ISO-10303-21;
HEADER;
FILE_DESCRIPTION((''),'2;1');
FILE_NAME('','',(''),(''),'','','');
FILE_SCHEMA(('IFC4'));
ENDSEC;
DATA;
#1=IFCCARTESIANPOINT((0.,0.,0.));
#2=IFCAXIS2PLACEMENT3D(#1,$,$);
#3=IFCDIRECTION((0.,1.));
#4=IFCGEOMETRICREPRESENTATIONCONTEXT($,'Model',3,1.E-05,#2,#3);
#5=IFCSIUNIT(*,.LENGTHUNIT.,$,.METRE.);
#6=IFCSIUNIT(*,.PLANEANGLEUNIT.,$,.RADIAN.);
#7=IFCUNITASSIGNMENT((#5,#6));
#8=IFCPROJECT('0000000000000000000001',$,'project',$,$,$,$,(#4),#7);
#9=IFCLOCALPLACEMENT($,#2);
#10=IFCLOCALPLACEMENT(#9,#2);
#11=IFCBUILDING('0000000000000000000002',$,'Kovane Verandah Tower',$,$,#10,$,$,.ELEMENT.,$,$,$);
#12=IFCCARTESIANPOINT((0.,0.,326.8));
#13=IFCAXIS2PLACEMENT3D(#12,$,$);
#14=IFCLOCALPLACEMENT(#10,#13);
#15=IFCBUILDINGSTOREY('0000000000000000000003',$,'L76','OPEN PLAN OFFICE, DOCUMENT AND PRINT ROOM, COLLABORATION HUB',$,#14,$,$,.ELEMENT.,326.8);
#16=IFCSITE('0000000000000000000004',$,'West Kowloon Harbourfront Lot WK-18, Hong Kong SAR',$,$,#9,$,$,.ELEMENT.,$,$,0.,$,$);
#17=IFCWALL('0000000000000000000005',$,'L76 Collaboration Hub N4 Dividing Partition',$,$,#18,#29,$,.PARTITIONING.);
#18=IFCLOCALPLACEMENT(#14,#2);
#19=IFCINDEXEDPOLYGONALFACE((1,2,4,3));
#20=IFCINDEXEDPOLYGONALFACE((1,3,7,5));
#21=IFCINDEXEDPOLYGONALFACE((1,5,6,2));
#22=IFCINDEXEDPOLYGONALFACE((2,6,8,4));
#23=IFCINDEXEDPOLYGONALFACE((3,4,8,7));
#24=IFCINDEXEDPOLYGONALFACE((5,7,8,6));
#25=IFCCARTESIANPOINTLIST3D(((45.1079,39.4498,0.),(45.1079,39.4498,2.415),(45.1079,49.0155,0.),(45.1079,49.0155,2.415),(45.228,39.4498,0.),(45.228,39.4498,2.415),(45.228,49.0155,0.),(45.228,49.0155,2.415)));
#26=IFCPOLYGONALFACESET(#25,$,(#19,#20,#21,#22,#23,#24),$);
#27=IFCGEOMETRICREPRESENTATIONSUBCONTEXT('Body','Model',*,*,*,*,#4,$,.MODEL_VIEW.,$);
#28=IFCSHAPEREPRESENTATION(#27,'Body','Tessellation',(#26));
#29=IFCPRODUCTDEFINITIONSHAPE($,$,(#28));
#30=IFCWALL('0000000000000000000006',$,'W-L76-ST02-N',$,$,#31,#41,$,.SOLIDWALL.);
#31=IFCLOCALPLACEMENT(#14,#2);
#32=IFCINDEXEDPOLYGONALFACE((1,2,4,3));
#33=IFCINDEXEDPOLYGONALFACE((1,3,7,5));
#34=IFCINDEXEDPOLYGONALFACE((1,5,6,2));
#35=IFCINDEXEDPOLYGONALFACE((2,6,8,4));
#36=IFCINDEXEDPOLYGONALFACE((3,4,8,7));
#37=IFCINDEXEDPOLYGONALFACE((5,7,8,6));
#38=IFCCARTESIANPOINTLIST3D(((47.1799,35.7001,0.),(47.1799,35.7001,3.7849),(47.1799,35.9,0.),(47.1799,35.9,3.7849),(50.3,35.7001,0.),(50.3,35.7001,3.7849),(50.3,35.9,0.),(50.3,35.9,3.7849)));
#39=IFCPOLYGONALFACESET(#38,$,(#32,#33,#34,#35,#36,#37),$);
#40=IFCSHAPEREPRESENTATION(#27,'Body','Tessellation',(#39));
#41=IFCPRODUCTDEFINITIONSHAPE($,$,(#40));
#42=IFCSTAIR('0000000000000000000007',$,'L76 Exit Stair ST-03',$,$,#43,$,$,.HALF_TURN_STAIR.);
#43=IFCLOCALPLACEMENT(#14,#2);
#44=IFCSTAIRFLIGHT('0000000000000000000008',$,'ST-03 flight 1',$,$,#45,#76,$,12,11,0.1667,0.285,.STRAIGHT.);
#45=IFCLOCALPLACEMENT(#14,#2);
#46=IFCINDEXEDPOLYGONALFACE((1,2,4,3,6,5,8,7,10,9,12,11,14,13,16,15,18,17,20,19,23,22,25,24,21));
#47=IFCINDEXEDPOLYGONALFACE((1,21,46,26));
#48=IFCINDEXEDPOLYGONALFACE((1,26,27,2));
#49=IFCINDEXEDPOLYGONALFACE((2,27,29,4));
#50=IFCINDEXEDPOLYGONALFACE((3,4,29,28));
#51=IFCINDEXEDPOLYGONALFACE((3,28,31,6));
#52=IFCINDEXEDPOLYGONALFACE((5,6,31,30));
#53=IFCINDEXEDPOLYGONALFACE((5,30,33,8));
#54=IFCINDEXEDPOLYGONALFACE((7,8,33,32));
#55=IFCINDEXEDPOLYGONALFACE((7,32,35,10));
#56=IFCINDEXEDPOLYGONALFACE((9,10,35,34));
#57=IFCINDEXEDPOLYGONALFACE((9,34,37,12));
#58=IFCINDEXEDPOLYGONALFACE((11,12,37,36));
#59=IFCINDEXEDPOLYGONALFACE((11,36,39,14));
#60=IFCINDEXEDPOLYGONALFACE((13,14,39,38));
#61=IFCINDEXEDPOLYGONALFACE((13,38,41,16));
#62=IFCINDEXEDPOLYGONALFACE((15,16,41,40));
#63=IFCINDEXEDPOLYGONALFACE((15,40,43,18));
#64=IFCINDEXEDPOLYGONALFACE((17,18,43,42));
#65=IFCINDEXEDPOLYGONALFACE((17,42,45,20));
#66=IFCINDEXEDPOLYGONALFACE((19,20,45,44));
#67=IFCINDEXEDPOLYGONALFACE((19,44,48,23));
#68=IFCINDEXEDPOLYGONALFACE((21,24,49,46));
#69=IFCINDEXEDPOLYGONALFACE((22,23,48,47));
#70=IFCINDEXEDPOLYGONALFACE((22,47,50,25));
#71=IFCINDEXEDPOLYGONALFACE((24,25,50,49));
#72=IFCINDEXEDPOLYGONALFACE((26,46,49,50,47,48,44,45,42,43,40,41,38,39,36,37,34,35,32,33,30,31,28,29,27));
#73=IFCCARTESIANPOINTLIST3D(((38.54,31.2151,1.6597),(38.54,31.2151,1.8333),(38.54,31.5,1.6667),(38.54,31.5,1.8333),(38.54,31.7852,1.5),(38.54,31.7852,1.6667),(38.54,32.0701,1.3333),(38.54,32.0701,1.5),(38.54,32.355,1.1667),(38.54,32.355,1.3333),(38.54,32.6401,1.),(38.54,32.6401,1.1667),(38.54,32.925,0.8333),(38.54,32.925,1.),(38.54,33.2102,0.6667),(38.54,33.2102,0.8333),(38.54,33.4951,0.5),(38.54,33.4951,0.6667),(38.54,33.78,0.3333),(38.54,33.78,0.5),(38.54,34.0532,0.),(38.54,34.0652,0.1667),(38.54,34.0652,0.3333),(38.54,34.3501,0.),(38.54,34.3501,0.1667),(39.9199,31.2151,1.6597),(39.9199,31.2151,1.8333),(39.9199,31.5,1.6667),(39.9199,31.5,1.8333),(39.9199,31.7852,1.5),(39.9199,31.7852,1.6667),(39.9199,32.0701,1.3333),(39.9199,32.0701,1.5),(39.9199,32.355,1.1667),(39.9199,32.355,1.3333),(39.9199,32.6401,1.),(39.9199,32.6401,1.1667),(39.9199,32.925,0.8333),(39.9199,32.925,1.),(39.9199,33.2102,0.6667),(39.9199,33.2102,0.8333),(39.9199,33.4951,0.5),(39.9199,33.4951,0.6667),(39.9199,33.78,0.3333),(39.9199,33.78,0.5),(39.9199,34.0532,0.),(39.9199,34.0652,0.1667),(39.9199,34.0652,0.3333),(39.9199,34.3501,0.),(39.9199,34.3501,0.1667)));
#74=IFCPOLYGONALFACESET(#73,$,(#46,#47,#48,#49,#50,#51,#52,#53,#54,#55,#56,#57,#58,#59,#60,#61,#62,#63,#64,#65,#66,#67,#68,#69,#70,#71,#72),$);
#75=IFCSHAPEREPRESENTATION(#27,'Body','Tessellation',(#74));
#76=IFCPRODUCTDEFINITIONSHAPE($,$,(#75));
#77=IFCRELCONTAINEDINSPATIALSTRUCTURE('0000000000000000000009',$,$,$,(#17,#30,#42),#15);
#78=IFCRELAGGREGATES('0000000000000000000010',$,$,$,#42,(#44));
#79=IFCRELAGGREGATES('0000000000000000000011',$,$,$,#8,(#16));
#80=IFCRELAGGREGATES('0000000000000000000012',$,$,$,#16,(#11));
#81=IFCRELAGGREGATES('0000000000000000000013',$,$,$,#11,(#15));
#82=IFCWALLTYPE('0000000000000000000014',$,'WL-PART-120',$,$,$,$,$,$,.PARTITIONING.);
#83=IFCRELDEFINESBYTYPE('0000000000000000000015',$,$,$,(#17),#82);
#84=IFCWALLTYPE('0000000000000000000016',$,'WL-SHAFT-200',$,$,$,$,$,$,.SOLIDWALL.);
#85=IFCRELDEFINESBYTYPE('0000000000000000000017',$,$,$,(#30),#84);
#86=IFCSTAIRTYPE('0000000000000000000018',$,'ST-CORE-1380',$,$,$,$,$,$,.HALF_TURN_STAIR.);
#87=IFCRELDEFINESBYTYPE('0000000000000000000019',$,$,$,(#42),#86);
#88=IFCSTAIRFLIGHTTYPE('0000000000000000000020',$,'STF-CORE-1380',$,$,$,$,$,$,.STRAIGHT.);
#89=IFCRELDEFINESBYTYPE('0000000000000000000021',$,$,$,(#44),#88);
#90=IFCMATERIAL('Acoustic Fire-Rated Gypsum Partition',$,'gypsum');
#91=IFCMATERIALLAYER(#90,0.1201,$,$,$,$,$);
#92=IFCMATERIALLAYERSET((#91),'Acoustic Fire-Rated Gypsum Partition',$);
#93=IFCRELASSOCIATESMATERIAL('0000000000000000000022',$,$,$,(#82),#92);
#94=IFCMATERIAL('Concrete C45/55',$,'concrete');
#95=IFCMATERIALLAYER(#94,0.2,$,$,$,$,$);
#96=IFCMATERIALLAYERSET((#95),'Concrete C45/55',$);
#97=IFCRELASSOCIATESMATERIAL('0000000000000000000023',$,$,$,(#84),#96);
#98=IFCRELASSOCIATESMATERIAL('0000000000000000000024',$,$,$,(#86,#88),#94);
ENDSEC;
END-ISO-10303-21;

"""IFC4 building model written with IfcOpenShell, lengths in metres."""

from ifc_helpers import new_model, si_unit, direction, frame, frame_2d, origin, place, context, subcontext, project, spatial, polyline, rectangle, outline, extrude, material, layer, layer_set, type_object, element, aggregate, save


model = new_model("IFC4")

# Units and contexts
model_context = context("Model", 3, precision=1e-05, world=origin(), true_north=direction((0.0, 1.0)))
body_context = subcontext(model_context, "Body", "Model", "MODEL_VIEW")
ifc_project = project(units=[si_unit("LENGTHUNIT", "METRE"), si_unit("PLANEANGLEUNIT", "RADIAN")], contexts=[model_context])

# Site, building, storey
site_placement = place(None, origin())
site = spatial("IfcSite", under=ifc_project, at=site_placement, Name="West Kowloon Harbourfront Lot WK-18, Hong Kong SAR", CompositionType="ELEMENT", RefElevation=0.0)
building_placement = place(site_placement, origin())
building = spatial("IfcBuilding", under=site, at=building_placement, Name="Kovane Verandah Tower", CompositionType="ELEMENT")
storey_placement = place(building_placement, frame((0.0, 0.0, 326.8)))
storey = spatial("IfcBuildingStorey", under=building, at=storey_placement, Name="L76", Description="OPEN PLAN OFFICE, DOCUMENT AND PRINT ROOM, COLLABORATION HUB", CompositionType="ELEMENT", Elevation=326.8)

# Walls
ifc_material_1 = material(Name="Acoustic Fire-Rated Gypsum Partition", Category="gypsum")
ifc_layer_1 = layer(ifc_material_1, 0.1201)
ifc_layer_set_1 = layer_set([ifc_layer_1], Name="Acoustic Fire-Rated Gypsum Partition")
wall_type_1 = type_object("IfcWallType", Name="WL-PART-120", PredefinedType="PARTITIONING", material=ifc_layer_set_1)
for number, where, z_axis, x_axis, name in (
    (1, (45.168, 39.45, 0.0), (0.0, 0.0, 1.0), (0.0, 1.0, 0.0), "L76 Collaboration Hub N4 Dividing Partition"),
):
    element("IfcWall", number, at=place(storey_placement, frame(where, z_axis=z_axis, x_axis=x_axis)), inside=storey, type_object=wall_type_1, Name=name, PredefinedType="PARTITIONING", context=body_context, shape_type="SweptSolid", body=[
        extrude(rectangle(XDim=9.5657, YDim=0.1201, at=frame_2d((4.7827, 0.0))), origin(), (0.0, 0.0, 1.0), 2.415),
    ])
ifc_material_2 = material(Name="Concrete C45/55", Category="concrete")
ifc_layer_2 = layer(ifc_material_2, 0.2)
ifc_layer_set_2 = layer_set([ifc_layer_2], Name="Concrete C45/55")
wall_type_2 = type_object("IfcWallType", Name="WL-SHAFT-200", PredefinedType="SOLIDWALL", material=ifc_layer_set_2)
wall_1_placement = place(storey_placement, frame((47.1799, 35.8, 0.0), z_axis=(0.0, 0.0, 1.0), x_axis=(1.0, 0.0, 0.0)))
element("IfcWall", 2, at=wall_1_placement, inside=storey, type_object=wall_type_2, Name="W-L76-ST02-N", PredefinedType="SOLIDWALL", context=body_context, shape_type="SweptSolid", body=[
    extrude(rectangle(XDim=3.1201, YDim=0.2, at=frame_2d((1.5601, 0.0))), origin(), (0.0, 0.0, 1.0), 3.7849),
])

# Stair, stair flight
stair_type = type_object("IfcStairType", Name="ST-CORE-1380", PredefinedType="HALF_TURN_STAIR", material=ifc_material_2)
stair_placement = place(storey_placement, origin())
stair = element("IfcStair", 3, at=stair_placement, inside=storey, type_object=stair_type, Name="L76 Exit Stair ST-03", PredefinedType="HALF_TURN_STAIR")
stair_flight_type = type_object("IfcStairFlightType", Name="STF-CORE-1380", PredefinedType="STRAIGHT", material=ifc_material_2)
stair_flight_placement = place(storey_placement, frame((39.23, 34.3501, 0.0), z_axis=(0.0, 0.0, 1.0), x_axis=(0.0, -1.0, 0.0)))
stair_flight = element("IfcStairFlight", 4, at=stair_flight_placement, type_object=stair_flight_type, Name="ST-03 flight 1", NumberOfRisers=12, NumberOfTreads=11, PredefinedType="STRAIGHT", RiserHeight=0.1667, TreadLength=0.285, context=body_context, shape_type="SweptSolid", body=[
    extrude(outline(polyline([(0.0, 0.0), (0.0, 0.1667), (0.2849, 0.1667), (0.2849, 0.3333), (0.5701, 0.3333), (0.5701, 0.5), (0.855, 0.5), (0.855, 0.6667), (1.1399, 0.6667), (1.1399, 0.8333), (1.425, 0.8333), (1.425, 1.0), (1.71, 1.0), (1.71, 1.1667), (1.9951, 1.1667), (1.9951, 1.3333), (2.28, 1.3333), (2.28, 1.5), (2.5649, 1.5), (2.5649, 1.6667), (2.8501, 1.6667), (2.8501, 1.8333), (3.135, 1.8333), (3.135, 2.0), (3.135, 1.6597), (0.2969, 0.0), (0.0, 0.0)])), frame((0.0, 0.6899, 0.0), z_axis=(0.0, -1.0, 0.0), x_axis=(1.0, 0.0, 0.0)), (0.0, 0.0, 1.0), 1.3799),
])
aggregate(stair, [stair_flight])

save(model, "model.ifc")
